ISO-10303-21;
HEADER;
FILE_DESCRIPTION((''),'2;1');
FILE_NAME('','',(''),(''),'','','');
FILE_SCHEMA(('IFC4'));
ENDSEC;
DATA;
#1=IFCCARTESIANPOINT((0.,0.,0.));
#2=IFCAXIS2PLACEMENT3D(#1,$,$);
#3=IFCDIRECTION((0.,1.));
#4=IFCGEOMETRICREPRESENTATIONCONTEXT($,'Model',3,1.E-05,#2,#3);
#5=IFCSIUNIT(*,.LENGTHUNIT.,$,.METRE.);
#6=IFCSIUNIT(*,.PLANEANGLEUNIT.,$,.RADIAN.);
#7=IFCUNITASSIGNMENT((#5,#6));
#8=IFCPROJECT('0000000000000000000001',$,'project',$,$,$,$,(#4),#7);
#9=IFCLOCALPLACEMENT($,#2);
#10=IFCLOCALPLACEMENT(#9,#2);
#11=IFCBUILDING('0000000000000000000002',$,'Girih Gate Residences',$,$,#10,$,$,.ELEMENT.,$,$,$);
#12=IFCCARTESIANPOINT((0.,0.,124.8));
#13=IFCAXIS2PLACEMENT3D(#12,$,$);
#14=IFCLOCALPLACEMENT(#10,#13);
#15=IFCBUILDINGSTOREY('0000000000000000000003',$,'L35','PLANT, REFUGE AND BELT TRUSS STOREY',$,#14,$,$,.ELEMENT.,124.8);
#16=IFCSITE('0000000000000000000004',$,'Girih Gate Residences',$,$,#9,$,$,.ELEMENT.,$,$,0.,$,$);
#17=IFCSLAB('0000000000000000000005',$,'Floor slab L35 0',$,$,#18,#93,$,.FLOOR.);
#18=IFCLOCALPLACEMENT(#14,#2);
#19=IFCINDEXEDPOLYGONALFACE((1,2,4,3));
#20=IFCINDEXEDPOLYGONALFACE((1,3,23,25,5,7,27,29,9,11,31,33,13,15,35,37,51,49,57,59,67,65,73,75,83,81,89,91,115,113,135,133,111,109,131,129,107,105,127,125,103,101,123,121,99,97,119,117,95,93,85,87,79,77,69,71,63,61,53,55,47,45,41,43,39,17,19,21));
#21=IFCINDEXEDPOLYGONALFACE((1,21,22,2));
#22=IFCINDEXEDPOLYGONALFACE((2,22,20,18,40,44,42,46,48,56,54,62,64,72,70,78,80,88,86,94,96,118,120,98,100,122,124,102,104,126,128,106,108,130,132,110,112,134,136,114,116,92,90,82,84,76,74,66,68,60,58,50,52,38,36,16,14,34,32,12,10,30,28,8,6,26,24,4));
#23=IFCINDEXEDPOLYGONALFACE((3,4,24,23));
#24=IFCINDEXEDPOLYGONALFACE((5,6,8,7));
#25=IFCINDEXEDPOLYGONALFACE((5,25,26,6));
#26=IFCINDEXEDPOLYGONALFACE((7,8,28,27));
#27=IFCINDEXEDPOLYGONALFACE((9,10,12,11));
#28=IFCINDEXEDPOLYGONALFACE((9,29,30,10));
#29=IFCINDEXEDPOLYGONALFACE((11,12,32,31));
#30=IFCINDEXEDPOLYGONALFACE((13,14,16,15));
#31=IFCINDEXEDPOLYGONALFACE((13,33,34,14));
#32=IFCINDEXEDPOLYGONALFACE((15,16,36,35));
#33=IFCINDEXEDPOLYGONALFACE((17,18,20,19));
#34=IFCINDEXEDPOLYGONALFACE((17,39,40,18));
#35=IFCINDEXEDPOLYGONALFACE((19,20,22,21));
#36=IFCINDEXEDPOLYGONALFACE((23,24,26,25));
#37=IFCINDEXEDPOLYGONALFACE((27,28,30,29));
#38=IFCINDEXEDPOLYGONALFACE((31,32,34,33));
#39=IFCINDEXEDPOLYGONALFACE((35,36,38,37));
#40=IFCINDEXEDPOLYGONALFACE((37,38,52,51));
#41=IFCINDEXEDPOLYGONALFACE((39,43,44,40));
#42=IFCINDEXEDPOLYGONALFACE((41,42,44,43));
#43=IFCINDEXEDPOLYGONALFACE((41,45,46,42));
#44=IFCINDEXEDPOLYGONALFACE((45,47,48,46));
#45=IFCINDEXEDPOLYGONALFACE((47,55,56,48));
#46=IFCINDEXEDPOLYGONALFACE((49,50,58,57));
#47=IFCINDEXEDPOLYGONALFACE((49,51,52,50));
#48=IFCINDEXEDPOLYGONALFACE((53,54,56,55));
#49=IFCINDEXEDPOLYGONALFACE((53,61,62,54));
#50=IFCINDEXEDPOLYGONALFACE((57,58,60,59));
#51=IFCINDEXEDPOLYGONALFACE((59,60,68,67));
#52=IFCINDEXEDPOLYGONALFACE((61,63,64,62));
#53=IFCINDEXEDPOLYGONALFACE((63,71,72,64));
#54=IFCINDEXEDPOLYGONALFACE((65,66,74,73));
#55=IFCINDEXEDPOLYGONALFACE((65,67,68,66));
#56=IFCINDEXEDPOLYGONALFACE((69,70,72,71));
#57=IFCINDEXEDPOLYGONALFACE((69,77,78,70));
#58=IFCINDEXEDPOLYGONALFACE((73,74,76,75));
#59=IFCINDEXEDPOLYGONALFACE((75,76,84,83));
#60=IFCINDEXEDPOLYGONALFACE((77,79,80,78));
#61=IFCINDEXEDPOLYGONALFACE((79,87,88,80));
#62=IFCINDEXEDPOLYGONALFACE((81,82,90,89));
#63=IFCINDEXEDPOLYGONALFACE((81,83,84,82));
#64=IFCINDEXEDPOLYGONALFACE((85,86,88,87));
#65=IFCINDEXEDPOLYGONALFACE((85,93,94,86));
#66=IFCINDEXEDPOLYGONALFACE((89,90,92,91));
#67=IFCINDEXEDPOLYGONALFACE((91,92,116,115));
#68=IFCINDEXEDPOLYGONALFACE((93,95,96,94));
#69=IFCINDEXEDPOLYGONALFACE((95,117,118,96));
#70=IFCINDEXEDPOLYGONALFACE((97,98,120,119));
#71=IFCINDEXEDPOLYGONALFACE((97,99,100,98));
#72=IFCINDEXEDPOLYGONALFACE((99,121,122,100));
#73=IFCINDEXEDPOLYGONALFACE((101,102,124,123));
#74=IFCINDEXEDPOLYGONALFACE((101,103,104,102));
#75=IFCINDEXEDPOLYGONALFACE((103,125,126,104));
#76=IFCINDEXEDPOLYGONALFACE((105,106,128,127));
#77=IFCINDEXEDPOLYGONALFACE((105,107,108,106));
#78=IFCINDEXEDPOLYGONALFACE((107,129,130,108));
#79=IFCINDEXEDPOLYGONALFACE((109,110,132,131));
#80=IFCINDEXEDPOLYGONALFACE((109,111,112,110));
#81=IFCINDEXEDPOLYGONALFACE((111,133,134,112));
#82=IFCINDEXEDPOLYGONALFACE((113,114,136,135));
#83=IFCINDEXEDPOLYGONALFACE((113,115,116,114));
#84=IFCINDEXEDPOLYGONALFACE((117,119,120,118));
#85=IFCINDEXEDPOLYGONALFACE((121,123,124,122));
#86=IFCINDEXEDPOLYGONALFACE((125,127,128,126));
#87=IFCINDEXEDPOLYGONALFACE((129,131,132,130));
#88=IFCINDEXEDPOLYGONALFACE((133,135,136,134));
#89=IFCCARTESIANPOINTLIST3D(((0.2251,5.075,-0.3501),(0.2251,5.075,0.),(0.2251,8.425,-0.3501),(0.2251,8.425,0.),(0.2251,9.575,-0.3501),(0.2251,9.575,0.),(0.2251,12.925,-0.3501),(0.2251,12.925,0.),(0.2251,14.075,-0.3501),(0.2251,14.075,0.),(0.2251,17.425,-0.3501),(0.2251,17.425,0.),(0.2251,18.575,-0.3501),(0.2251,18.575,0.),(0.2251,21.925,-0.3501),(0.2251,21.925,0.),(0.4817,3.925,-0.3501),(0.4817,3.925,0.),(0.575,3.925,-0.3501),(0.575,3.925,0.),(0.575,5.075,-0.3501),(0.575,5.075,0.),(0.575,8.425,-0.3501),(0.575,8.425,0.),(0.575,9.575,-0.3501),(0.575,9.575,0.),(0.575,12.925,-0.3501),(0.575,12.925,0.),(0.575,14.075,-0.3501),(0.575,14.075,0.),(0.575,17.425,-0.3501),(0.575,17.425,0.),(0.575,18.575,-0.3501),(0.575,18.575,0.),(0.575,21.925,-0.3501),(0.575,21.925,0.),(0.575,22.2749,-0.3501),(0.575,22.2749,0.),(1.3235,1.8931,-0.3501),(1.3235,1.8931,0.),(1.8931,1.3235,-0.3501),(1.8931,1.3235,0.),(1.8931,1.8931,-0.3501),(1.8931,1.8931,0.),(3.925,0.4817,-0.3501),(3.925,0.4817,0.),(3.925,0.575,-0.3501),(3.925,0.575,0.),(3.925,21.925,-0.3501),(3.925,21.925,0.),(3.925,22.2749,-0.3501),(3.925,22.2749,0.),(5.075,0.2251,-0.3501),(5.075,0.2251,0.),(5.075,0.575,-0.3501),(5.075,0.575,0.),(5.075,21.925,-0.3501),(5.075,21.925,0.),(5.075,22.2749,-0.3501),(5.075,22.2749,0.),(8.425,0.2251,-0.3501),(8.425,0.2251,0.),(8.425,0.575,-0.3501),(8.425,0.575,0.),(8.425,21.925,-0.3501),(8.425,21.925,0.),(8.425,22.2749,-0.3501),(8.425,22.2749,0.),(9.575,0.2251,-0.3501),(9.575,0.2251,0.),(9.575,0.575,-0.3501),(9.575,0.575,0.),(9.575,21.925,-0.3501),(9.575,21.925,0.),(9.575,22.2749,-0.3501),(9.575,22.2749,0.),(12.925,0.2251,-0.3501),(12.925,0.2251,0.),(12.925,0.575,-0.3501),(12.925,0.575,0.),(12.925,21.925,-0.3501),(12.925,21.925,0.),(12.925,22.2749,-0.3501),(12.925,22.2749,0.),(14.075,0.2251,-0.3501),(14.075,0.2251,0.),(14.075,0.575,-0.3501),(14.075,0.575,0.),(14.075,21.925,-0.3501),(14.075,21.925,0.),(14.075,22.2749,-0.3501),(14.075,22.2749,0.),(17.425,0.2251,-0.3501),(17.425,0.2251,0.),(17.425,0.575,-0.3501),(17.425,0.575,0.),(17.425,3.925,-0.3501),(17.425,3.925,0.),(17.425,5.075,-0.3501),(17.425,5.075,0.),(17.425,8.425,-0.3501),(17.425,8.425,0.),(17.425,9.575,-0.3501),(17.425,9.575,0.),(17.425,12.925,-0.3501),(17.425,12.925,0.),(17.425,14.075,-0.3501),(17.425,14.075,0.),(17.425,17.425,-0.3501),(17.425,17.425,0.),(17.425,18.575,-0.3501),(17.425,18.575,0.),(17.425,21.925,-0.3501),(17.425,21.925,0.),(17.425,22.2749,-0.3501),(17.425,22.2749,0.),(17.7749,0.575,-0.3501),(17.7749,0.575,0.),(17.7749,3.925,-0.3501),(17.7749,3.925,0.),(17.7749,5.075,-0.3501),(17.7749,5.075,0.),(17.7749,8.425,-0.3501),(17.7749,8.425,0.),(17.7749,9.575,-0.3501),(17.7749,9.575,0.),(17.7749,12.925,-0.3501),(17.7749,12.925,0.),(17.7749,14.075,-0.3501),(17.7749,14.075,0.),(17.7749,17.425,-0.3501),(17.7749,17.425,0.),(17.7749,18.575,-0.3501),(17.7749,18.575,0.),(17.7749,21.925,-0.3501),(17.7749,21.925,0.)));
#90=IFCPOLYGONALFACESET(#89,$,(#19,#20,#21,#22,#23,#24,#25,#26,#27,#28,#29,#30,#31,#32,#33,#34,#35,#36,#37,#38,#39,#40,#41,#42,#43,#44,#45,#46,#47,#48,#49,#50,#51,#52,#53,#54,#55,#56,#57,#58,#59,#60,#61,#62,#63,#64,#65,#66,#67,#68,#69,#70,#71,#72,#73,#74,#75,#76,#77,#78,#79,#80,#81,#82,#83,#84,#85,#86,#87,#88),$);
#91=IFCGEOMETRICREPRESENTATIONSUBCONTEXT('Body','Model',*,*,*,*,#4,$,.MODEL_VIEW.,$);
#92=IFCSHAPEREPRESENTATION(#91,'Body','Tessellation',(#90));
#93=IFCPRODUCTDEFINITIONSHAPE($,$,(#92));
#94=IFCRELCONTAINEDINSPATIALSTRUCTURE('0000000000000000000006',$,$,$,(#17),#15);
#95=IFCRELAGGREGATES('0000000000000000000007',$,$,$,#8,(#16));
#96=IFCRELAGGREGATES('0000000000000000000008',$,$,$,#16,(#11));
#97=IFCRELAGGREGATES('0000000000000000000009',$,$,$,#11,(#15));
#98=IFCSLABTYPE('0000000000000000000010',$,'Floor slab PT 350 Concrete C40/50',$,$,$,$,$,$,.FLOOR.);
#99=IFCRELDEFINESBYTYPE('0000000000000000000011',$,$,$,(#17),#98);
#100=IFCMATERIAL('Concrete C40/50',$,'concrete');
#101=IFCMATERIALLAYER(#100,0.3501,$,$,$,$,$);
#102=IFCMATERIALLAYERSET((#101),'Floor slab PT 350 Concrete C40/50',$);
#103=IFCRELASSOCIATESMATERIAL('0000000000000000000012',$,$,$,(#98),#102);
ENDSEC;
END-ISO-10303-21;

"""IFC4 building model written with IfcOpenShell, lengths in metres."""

from ifc_helpers import new_model, si_unit, direction, frame, origin, place, context, subcontext, project, spatial, polyline, outline, extrude, material, layer, layer_set, type_object, element, save


model = new_model("IFC4")

# Units and contexts
model_context = context("Model", 3, precision=1e-05, world=origin(), true_north=direction((0.0, 1.0)))
body_context = subcontext(model_context, "Body", "Model", "MODEL_VIEW")
ifc_project = project(units=[si_unit("LENGTHUNIT", "METRE"), si_unit("PLANEANGLEUNIT", "RADIAN")], contexts=[model_context])

# Site, building, storey
site_placement = place(None, origin())
site = spatial("IfcSite", under=ifc_project, at=site_placement, Name="Girih Gate Residences", CompositionType="ELEMENT", RefElevation=0.0)
building_placement = place(site_placement, origin())
building = spatial("IfcBuilding", under=site, at=building_placement, Name="Girih Gate Residences", CompositionType="ELEMENT")
storey_placement = place(building_placement, frame((0.0, 0.0, 124.8)))
storey = spatial("IfcBuildingStorey", under=building, at=storey_placement, Name="L35", Description="PLANT, REFUGE AND BELT TRUSS STOREY", CompositionType="ELEMENT", Elevation=124.8)

# Slab
ifc_material_1 = material(Name="Concrete C40/50", Category="concrete")
ifc_layer_1 = layer(ifc_material_1, 0.3501)
ifc_layer_set_1 = layer_set([ifc_layer_1], Name="Floor slab PT 350 Concrete C40/50")
slab_type_1 = type_object("IfcSlabType", Name="Floor slab PT 350 Concrete C40/50", PredefinedType="FLOOR", material=ifc_layer_set_1)
slab_1_placement = place(storey_placement, frame((0.0, 0.0, -0.3501)))
element("IfcSlab", 1, at=slab_1_placement, inside=storey, type_object=slab_type_1, Name="Floor slab L35 0", PredefinedType="FLOOR", context=body_context, shape_type="SweptSolid", body=[
    extrude(outline(polyline([(0.2251, 8.425), (0.2251, 5.075), (0.575, 5.075), (0.575, 3.925), (0.4817, 3.925), (1.3235, 1.8931), (1.8931, 1.8931), (1.8931, 1.3235), (3.925, 0.4817), (3.925, 0.575), (5.075, 0.575), (5.075, 0.2251), (8.425, 0.2251), (8.425, 0.575), (9.575, 0.575), (9.575, 0.2251), (12.925, 0.2251), (12.925, 0.575), (14.075, 0.575), (14.075, 0.2251), (17.425, 0.2251), (17.425, 0.575), (17.7749, 0.575), (17.7749, 3.925), (17.425, 3.925), (17.425, 5.075), (17.7749, 5.075), (17.7749, 8.425), (17.425, 8.425), (17.425, 9.575), (17.7749, 9.575), (17.7749, 12.925), (17.425, 12.925), (17.425, 14.075), (17.7749, 14.075), (17.7749, 17.425), (17.425, 17.425), (17.425, 18.575), (17.7749, 18.575), (17.7749, 21.925), (17.425, 21.925), (17.425, 22.2749), (14.075, 22.2749), (14.075, 21.925), (12.925, 21.925), (12.925, 22.2749), (9.575, 22.2749), (9.575, 21.925), (8.425, 21.925), (8.425, 22.2749), (5.075, 22.2749), (5.075, 21.925), (3.925, 21.925), (3.925, 22.2749), (0.575, 22.2749), (0.575, 21.925), (0.2251, 21.925), (0.2251, 18.575), (0.575, 18.575), (0.575, 17.425), (0.2251, 17.425), (0.2251, 14.075), (0.575, 14.075), (0.575, 12.925), (0.2251, 12.925), (0.2251, 9.575), (0.575, 9.575), (0.575, 8.425), (0.2251, 8.425)])), origin(), (0.0, 0.0, 1.0), 0.3501),
])

save(model, "model.ifc")
